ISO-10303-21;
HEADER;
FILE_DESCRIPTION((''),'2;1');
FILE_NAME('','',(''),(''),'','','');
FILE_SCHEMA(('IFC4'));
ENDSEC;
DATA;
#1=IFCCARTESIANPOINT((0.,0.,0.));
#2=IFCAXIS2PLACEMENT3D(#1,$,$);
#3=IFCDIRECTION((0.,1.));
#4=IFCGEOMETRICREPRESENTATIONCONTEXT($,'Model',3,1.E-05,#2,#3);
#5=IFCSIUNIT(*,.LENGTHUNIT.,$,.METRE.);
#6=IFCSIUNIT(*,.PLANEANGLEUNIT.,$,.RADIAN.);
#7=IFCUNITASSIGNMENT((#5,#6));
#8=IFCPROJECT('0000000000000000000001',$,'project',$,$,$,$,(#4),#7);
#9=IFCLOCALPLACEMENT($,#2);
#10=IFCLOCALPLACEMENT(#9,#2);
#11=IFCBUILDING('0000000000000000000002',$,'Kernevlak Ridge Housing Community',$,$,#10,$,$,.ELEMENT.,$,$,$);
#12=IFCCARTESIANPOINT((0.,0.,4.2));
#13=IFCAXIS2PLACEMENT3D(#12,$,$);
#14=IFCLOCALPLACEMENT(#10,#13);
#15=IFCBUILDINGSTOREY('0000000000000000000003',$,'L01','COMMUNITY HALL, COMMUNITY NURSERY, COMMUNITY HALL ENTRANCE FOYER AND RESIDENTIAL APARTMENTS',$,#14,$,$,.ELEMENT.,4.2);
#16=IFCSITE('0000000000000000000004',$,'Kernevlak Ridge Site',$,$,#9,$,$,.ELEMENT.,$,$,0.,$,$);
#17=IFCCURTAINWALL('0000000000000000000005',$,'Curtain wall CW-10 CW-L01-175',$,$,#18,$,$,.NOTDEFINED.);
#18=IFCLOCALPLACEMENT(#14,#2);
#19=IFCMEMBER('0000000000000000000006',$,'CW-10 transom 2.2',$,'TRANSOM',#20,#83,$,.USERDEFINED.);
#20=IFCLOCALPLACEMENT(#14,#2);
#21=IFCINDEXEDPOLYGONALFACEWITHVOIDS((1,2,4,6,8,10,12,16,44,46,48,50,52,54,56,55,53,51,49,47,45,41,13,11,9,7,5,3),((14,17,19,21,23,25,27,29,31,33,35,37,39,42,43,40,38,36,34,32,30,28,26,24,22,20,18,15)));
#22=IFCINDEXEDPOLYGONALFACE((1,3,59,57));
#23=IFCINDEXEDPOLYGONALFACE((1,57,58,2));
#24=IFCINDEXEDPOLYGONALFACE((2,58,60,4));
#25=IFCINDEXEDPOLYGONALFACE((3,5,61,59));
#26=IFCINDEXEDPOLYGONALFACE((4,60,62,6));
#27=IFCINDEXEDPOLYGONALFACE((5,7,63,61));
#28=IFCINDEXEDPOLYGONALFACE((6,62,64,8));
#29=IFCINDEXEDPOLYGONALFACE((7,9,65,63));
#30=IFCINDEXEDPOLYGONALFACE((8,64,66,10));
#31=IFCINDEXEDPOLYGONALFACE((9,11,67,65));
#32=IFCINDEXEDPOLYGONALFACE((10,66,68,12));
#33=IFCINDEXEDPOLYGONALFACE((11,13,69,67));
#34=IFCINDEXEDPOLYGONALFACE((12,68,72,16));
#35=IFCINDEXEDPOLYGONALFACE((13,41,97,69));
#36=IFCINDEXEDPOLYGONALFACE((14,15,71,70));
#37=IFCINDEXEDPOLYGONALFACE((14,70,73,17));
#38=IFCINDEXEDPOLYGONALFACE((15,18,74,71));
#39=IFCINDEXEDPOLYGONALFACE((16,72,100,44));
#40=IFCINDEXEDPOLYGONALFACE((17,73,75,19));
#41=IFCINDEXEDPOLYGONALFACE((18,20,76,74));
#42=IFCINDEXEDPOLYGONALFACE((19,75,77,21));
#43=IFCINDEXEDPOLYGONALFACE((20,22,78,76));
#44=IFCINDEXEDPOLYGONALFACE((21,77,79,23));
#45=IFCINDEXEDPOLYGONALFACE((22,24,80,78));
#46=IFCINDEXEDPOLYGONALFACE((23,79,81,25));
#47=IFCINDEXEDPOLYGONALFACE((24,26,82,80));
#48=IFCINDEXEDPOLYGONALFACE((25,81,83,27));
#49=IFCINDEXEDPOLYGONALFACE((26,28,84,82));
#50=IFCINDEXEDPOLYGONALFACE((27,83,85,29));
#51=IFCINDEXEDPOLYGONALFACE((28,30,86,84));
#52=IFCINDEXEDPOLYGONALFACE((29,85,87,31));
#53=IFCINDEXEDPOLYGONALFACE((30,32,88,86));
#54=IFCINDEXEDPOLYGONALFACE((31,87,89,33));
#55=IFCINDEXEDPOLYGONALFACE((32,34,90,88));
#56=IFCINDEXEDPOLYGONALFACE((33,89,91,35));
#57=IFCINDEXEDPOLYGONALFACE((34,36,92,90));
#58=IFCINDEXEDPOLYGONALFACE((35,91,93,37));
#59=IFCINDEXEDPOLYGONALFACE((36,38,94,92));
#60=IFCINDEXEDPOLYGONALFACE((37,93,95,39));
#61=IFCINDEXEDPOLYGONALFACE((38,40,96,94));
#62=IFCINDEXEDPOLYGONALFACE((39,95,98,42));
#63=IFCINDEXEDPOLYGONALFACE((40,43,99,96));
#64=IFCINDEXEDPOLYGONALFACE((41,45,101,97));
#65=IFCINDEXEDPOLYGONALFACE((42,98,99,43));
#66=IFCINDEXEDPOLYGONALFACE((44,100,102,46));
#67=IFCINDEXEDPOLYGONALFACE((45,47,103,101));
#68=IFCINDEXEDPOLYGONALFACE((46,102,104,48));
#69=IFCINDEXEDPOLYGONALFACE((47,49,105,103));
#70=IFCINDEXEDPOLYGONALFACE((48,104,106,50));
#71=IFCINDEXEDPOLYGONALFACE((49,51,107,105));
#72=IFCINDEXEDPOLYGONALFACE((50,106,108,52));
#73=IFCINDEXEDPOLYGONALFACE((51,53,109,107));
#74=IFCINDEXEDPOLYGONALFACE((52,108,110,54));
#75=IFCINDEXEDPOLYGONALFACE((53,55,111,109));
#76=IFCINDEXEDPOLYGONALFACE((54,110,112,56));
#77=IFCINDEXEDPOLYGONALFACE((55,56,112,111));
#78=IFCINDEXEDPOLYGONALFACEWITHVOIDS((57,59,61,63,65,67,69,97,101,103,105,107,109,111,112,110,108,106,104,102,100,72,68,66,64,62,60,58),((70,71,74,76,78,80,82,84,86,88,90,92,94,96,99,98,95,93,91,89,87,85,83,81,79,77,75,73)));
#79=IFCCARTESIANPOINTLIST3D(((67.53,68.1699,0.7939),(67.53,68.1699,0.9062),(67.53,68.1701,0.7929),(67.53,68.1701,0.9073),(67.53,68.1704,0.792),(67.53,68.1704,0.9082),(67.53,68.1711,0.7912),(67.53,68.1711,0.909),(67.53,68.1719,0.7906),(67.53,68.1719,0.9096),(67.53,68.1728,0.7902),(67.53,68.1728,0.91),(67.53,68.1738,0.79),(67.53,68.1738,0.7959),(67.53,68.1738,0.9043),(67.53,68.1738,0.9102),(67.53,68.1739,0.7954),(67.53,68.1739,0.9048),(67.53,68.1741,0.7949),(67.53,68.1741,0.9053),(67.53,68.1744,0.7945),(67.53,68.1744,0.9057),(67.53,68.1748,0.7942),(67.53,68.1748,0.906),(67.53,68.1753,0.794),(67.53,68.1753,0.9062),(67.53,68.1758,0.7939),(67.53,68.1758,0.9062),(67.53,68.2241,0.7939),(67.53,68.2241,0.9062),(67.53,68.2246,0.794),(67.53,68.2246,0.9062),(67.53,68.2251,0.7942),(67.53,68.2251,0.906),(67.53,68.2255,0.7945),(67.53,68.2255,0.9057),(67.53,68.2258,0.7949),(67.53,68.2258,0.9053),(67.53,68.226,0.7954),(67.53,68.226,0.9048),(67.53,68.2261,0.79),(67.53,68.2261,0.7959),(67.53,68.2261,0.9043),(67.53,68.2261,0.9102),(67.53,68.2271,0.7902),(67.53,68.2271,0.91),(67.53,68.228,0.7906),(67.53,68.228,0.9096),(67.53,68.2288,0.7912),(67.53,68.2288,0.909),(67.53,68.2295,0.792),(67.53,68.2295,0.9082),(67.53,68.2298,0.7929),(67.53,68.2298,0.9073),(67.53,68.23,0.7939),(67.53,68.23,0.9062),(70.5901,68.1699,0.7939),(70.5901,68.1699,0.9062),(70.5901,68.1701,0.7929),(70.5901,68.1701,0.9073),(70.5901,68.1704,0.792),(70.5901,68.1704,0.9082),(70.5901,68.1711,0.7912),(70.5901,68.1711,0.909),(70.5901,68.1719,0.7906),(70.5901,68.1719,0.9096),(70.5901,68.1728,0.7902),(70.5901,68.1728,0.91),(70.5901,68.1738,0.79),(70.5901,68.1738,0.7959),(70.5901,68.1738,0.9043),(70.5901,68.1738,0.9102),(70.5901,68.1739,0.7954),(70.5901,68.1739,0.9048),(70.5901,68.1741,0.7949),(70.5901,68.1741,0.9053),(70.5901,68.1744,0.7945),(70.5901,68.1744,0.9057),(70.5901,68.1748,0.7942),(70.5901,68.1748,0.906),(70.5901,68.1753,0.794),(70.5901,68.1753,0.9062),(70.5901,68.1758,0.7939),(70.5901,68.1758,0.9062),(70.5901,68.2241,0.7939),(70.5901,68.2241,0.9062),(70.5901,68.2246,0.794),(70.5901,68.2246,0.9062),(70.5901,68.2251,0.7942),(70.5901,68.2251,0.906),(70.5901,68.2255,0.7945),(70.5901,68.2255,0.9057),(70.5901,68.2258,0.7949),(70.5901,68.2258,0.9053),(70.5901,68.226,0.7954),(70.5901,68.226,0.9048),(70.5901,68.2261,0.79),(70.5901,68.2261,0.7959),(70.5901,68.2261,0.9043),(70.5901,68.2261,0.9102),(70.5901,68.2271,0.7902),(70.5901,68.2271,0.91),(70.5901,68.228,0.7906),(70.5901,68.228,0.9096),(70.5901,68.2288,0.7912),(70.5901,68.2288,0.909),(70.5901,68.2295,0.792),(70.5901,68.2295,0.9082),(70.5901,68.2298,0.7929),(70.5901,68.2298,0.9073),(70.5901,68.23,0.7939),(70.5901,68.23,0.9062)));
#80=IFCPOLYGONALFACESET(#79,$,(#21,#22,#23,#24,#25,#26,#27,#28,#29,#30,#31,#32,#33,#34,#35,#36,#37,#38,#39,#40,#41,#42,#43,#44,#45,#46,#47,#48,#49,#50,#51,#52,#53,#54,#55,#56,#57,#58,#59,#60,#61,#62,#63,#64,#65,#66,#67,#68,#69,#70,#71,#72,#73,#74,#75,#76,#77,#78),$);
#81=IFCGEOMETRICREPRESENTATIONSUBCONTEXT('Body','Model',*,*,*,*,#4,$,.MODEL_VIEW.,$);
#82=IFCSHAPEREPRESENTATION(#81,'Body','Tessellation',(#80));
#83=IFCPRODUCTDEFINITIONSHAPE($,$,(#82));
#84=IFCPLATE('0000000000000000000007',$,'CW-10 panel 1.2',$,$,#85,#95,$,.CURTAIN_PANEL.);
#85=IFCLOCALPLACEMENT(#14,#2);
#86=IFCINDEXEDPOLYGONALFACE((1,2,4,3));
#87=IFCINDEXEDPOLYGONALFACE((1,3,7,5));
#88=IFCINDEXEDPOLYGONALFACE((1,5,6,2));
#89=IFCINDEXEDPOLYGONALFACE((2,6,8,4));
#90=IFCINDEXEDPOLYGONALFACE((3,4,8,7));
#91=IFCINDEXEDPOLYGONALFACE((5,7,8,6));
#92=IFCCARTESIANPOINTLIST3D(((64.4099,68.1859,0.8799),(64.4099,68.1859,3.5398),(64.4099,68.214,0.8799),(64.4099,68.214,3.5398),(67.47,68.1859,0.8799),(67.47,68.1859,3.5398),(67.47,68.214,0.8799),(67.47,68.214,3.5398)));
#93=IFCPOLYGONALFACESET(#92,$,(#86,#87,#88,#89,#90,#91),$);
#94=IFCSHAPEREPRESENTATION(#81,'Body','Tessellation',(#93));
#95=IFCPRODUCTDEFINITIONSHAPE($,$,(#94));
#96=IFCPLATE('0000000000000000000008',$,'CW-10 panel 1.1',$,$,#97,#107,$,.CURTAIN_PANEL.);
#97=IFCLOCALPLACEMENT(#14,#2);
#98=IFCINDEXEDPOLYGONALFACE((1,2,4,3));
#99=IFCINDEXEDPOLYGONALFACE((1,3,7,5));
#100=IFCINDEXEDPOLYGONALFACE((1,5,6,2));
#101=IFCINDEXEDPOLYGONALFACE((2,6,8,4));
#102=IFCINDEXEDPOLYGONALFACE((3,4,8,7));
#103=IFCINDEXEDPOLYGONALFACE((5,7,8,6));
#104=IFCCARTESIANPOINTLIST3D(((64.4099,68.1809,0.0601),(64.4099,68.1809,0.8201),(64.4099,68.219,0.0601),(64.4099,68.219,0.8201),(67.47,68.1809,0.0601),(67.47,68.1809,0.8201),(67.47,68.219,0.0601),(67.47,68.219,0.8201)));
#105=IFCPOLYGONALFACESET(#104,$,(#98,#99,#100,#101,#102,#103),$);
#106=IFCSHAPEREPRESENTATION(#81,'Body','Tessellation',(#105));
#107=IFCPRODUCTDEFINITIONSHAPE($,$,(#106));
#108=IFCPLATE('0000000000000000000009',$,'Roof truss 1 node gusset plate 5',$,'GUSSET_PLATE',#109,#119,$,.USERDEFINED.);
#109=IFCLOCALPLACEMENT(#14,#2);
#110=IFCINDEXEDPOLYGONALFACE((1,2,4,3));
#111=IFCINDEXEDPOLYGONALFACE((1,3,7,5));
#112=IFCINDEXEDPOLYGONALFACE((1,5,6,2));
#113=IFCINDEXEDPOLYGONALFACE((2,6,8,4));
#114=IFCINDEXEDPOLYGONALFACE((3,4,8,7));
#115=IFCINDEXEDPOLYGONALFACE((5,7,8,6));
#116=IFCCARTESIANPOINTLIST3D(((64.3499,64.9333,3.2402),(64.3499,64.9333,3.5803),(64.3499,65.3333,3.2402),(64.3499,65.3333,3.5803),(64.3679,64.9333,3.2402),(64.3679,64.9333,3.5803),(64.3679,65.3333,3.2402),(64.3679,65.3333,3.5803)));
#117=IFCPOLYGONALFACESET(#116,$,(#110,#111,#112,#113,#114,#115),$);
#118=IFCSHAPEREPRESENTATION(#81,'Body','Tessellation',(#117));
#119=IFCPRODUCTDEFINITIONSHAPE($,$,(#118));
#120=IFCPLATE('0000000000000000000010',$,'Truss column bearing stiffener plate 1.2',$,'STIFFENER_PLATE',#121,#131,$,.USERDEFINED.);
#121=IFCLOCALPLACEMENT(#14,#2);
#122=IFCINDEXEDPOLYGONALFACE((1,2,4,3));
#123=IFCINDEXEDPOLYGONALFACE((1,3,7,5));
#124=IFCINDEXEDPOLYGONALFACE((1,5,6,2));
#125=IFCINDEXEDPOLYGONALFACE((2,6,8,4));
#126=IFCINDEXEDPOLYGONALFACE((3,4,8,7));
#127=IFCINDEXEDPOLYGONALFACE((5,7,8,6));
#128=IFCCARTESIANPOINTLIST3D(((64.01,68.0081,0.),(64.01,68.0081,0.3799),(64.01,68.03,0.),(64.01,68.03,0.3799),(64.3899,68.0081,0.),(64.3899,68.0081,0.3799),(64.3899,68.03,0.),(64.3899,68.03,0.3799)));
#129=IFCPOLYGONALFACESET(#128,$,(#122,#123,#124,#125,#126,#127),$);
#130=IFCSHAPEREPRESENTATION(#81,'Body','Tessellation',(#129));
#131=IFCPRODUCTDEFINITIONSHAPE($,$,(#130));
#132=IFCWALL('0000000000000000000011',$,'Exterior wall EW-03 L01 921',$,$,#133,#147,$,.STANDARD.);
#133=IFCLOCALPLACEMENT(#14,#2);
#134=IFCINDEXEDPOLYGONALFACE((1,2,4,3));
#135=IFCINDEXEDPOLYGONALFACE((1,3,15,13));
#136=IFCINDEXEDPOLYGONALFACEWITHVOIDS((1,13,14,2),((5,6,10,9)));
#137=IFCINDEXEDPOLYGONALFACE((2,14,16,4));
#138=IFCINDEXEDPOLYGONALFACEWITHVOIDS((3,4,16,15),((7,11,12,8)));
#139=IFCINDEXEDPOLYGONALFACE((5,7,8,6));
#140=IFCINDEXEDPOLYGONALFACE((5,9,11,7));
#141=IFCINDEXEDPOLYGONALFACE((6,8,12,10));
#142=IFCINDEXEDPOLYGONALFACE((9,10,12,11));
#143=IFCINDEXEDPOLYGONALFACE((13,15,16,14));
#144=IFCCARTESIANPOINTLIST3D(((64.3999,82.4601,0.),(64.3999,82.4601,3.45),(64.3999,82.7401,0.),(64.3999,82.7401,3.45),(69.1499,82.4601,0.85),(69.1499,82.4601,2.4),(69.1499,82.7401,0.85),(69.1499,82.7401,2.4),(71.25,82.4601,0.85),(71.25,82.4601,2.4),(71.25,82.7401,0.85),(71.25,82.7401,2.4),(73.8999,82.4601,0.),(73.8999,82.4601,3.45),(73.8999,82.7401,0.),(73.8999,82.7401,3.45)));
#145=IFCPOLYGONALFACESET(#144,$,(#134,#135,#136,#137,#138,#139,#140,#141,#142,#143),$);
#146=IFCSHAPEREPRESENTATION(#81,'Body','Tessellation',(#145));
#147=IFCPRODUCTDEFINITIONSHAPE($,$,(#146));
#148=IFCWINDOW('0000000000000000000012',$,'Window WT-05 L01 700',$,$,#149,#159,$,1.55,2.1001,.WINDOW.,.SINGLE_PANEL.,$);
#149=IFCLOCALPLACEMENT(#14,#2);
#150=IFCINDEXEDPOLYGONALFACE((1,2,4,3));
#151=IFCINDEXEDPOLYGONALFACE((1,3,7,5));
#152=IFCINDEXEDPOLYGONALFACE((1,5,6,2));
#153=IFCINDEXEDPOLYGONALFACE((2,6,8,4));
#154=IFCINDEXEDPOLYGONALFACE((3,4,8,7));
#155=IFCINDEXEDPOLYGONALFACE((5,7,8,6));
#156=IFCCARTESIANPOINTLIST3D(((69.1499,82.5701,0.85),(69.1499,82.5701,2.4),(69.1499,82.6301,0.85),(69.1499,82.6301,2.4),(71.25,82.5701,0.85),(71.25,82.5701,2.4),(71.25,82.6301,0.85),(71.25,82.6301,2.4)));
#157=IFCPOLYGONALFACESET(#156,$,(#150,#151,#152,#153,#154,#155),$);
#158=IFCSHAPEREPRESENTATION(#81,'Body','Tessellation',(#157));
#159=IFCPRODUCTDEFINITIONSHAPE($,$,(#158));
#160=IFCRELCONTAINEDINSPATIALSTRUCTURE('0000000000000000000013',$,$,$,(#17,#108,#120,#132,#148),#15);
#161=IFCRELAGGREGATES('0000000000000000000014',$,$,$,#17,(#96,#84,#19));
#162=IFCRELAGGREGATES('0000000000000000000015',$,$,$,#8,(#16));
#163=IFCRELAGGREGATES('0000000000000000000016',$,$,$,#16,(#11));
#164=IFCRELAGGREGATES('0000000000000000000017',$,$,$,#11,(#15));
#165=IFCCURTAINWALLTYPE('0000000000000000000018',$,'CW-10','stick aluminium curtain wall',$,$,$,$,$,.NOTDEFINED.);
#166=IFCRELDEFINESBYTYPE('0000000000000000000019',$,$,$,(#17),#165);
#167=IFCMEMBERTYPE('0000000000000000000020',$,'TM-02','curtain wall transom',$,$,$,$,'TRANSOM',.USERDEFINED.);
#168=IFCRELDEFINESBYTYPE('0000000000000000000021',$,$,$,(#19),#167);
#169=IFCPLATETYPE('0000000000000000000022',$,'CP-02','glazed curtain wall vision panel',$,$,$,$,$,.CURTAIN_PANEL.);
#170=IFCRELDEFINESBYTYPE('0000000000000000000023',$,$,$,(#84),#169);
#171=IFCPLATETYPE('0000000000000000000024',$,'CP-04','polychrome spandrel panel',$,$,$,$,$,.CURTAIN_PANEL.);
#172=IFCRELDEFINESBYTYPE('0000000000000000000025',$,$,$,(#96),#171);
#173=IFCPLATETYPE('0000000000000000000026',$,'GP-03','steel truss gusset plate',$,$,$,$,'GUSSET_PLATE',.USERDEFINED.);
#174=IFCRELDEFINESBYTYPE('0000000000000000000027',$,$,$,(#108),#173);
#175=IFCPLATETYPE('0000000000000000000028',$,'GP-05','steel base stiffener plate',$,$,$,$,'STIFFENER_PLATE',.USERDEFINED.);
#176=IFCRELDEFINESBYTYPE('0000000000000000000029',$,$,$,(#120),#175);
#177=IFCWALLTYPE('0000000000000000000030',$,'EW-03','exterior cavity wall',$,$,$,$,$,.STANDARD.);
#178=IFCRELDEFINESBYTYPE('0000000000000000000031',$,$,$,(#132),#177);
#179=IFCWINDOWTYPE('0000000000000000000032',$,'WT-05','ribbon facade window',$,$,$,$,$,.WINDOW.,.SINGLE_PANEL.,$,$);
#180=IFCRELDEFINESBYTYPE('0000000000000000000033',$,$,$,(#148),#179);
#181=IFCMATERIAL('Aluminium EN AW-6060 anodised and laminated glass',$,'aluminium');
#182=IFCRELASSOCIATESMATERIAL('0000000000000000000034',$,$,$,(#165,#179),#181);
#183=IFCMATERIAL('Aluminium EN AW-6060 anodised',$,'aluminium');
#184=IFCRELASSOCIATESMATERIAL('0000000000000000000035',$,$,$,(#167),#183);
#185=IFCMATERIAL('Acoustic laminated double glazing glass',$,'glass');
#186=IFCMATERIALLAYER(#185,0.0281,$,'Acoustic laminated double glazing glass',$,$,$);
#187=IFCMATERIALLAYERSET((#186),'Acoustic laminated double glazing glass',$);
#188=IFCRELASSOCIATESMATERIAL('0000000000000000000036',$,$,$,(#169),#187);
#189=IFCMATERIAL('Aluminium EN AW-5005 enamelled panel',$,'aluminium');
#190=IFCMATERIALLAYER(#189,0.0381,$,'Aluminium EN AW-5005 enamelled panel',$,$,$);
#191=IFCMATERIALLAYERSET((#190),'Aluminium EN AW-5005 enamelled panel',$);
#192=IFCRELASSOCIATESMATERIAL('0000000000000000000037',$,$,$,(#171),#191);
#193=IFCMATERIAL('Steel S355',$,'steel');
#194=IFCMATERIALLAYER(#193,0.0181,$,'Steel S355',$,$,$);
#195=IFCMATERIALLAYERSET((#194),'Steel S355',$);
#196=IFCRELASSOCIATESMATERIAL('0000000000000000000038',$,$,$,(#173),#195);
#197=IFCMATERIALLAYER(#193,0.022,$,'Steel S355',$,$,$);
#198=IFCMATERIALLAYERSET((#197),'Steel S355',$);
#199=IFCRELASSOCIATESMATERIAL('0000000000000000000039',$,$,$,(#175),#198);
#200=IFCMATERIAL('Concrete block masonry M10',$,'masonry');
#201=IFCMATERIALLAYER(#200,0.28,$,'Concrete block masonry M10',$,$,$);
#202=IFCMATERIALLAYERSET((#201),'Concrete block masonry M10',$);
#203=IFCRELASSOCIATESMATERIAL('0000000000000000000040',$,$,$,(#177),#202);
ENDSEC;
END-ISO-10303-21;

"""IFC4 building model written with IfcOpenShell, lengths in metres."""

from ifc_helpers import new_model, si_unit, direction, frame, frame_2d, origin, origin_2d, place, context, subcontext, project, spatial, rectangle, hollow_rectangle, extrude, material, layer, layer_set, material_profile, profile_set, type_object, element, fill, aggregate, save


model = new_model("IFC4")

# Units and contexts
model_context = context("Model", 3, precision=1e-05, world=origin(), true_north=direction((0.0, 1.0)))
body_context = subcontext(model_context, "Body", "Model", "MODEL_VIEW")
ifc_project = project(units=[si_unit("LENGTHUNIT", "METRE"), si_unit("PLANEANGLEUNIT", "RADIAN")], contexts=[model_context])

# Site, building, storey
site_placement = place(None, origin())
site = spatial("IfcSite", under=ifc_project, at=site_placement, Name="Kernevlak Ridge Site", CompositionType="ELEMENT", RefElevation=0.0)
building_placement = place(site_placement, origin())
building = spatial("IfcBuilding", under=site, at=building_placement, Name="Kernevlak Ridge Housing Community", CompositionType="ELEMENT")
storey_placement = place(building_placement, frame((0.0, 0.0, 4.2)))
storey = spatial("IfcBuildingStorey", under=building, at=storey_placement, Name="L01", Description="COMMUNITY HALL, COMMUNITY NURSERY, COMMUNITY HALL ENTRANCE FOYER AND RESIDENTIAL APARTMENTS", CompositionType="ELEMENT", Elevation=4.2)

# Shared definitions
ifc_material_1 = material(Name="Steel S355", Category="steel")

# Curtain wall
ifc_material_2 = material(Name="Aluminium EN AW-6060 anodised and laminated glass", Category="aluminium")
curtain_wall_type = type_object("IfcCurtainWallType", Name="CW-10", Description="stick aluminium curtain wall", PredefinedType="NOTDEFINED", material=ifc_material_2)
curtain_wall_placement = place(storey_placement, origin())
curtain_wall = element("IfcCurtainWall", 1, at=curtain_wall_placement, inside=storey, type_object=curtain_wall_type, Name="Curtain wall CW-10 CW-L01-175", PredefinedType="NOTDEFINED")
ifc_material_3 = material(Name="Aluminium EN AW-6060 anodised", Category="aluminium")

# Member
ifc_material_profile_1 = material_profile(ifc_material_3, hollow_rectangle(XDim=0.0601, YDim=0.1201, WallThickness=0.0039, InnerFilletRadius=0.002, OuterFilletRadius=0.0039, at=origin_2d()), Name="ALU 60x120x4")
ifc_profile_set_1 = profile_set([ifc_material_profile_1], Name="Aluminium EN AW-6060 anodised")
member_type_1 = type_object("IfcMemberType", Name="TM-02", Description="curtain wall transom", ElementType="TRANSOM", PredefinedType="USERDEFINED", material=ifc_profile_set_1)
member_1_placement = place(storey_placement, frame((67.53, 68.2, 0.8501), z_axis=(1.0, 0.0, 0.0), x_axis=(0.0, 1.0, 0.0)))
member_1 = element("IfcMember", 2, at=member_1_placement, type_object=member_type_1, Name="CW-10 transom 2.2", ObjectType="TRANSOM", PredefinedType="USERDEFINED", context=body_context, shape_type="SweptSolid", body=[
    extrude(hollow_rectangle(XDim=0.0601, YDim=0.1201, WallThickness=0.0039, InnerFilletRadius=0.002, OuterFilletRadius=0.0039, at=origin_2d()), origin(), (0.0, 0.0, 1.0), 3.0601),
])

# Plates
ifc_material_4 = material(Name="Acoustic laminated double glazing glass", Category="glass")
ifc_layer_1 = layer(ifc_material_4, 0.0281, Name="Acoustic laminated double glazing glass")
ifc_layer_set_1 = layer_set([ifc_layer_1], Name="Acoustic laminated double glazing glass")
plate_type_1 = type_object("IfcPlateType", Name="CP-02", Description="glazed curtain wall vision panel", PredefinedType="CURTAIN_PANEL", material=ifc_layer_set_1)
plate_1_placement = place(storey_placement, frame((65.9399, 68.2, 0.8799), z_axis=(0.0, 0.0, 1.0), x_axis=(1.0, 0.0, 0.0)))
plate_1 = element("IfcPlate", 3, at=plate_1_placement, type_object=plate_type_1, Name="CW-10 panel 1.2", PredefinedType="CURTAIN_PANEL", context=body_context, shape_type="SweptSolid", body=[
    extrude(rectangle(XDim=3.0601, YDim=0.0281, at=origin_2d()), origin(), (0.0, 0.0, 1.0), 2.6599),
])
ifc_material_5 = material(Name="Aluminium EN AW-5005 enamelled panel", Category="aluminium")
ifc_layer_2 = layer(ifc_material_5, 0.0381, Name="Aluminium EN AW-5005 enamelled panel")
ifc_layer_set_2 = layer_set([ifc_layer_2], Name="Aluminium EN AW-5005 enamelled panel")
plate_type_2 = type_object("IfcPlateType", Name="CP-04", Description="polychrome spandrel panel", PredefinedType="CURTAIN_PANEL", material=ifc_layer_set_2)
plate_2_placement = place(storey_placement, frame((65.9399, 68.2, 0.0601), z_axis=(0.0, 0.0, 1.0), x_axis=(1.0, 0.0, 0.0)))
plate_2 = element("IfcPlate", 4, at=plate_2_placement, type_object=plate_type_2, Name="CW-10 panel 1.1", PredefinedType="CURTAIN_PANEL", context=body_context, shape_type="SweptSolid", body=[
    extrude(rectangle(XDim=3.0601, YDim=0.0381, at=origin_2d()), origin(), (0.0, 0.0, 1.0), 0.76),
])
aggregate(curtain_wall, [plate_2, plate_1, member_1])

# Plates
ifc_layer_3 = layer(ifc_material_1, 0.0181, Name="Steel S355")
ifc_layer_set_3 = layer_set([ifc_layer_3], Name="Steel S355")
plate_type_3 = type_object("IfcPlateType", Name="GP-03", Description="steel truss gusset plate", ElementType="GUSSET_PLATE", PredefinedType="USERDEFINED", material=ifc_layer_set_3)
plate_3_placement = place(storey_placement, frame((64.3589, 65.1333, 3.2402), z_axis=(0.0, 0.0, 1.0), x_axis=(1.0, 0.0, 0.0)))
element("IfcPlate", 5, at=plate_3_placement, inside=storey, type_object=plate_type_3, Name="Roof truss 1 node gusset plate 5", ObjectType="GUSSET_PLATE", PredefinedType="USERDEFINED", context=body_context, shape_type="SweptSolid", body=[
    extrude(rectangle(XDim=0.0181, YDim=0.3999, at=origin_2d()), origin(), (0.0, 0.0, 1.0), 0.3401),
])
ifc_layer_4 = layer(ifc_material_1, 0.022, Name="Steel S355")
ifc_layer_set_4 = layer_set([ifc_layer_4], Name="Steel S355")
plate_type_4 = type_object("IfcPlateType", Name="GP-05", Description="steel base stiffener plate", ElementType="STIFFENER_PLATE", PredefinedType="USERDEFINED", material=ifc_layer_set_4)
plate_4_placement = place(storey_placement, frame((64.2, 68.019, 0.0), z_axis=(0.0, 0.0, 1.0), x_axis=(1.0, 0.0, 0.0)))
element("IfcPlate", 6, at=plate_4_placement, inside=storey, type_object=plate_type_4, Name="Truss column bearing stiffener plate 1.2", ObjectType="STIFFENER_PLATE", PredefinedType="USERDEFINED", context=body_context, shape_type="SweptSolid", body=[
    extrude(rectangle(XDim=0.3799, YDim=0.022, at=origin_2d()), origin(), (0.0, 0.0, 1.0), 0.3799),
])

# Wall, opening, window
ifc_material_6 = material(Name="Concrete block masonry M10", Category="masonry")
ifc_layer_5 = layer(ifc_material_6, 0.28, Name="Concrete block masonry M10")
ifc_layer_set_5 = layer_set([ifc_layer_5], Name="Concrete block masonry M10")
wall_type = type_object("IfcWallType", Name="EW-03", Description="exterior cavity wall", PredefinedType="STANDARD", material=ifc_layer_set_5)
wall_placement = place(storey_placement, frame((64.3999, 82.6001, 0.0), z_axis=(0.0, 0.0, 1.0), x_axis=(1.0, 0.0, 0.0)))
wall = element("IfcWall", 7, at=wall_placement, inside=storey, type_object=wall_type, Name="Exterior wall EW-03 L01 921", PredefinedType="STANDARD", context=body_context, shape_type="SweptSolid", body=[
    extrude(rectangle(XDim=9.5, YDim=0.28, at=frame_2d((4.75, 0.0))), origin(), (0.0, 0.0, 1.0), 3.45),
])
opening_placement = place(wall_placement, frame((4.75, 0.0, 0.8501)))
opening = element("IfcOpeningElement", 8, at=opening_placement, cuts=wall, PredefinedType="OPENING", context=body_context, shape_type="SweptSolid", body=[
    extrude(rectangle(XDim=2.1001, YDim=1.55, at=frame_2d((1.05, 0.7749))), frame((0.0, 0.1499, 0.0), z_axis=(0.0, -1.0, 0.0), x_axis=(1.0, 0.0, 0.0)), (0.0, 0.0, 1.0), 0.3),
])
window_type = type_object("IfcWindowType", Name="WT-05", Description="ribbon facade window", PartitioningType="SINGLE_PANEL", PredefinedType="WINDOW", material=ifc_material_2)
window_placement = place(opening_placement, origin())
window = element("IfcWindow", 9, at=window_placement, inside=storey, type_object=window_type, Name="Window WT-05 L01 700", OverallHeight=1.55, OverallWidth=2.1001, PartitioningType="SINGLE_PANEL", PredefinedType="WINDOW", context=body_context, shape_type="SweptSolid", body=[
    extrude(rectangle(XDim=2.1001, YDim=1.55, at=frame_2d((1.05, 0.7749))), frame((0.0, 0.03, 0.0), z_axis=(0.0, -1.0, 0.0), x_axis=(1.0, 0.0, 0.0)), (0.0, 0.0, 1.0), 0.0601),
])
fill(opening, window)

save(model, "model.ifc")
